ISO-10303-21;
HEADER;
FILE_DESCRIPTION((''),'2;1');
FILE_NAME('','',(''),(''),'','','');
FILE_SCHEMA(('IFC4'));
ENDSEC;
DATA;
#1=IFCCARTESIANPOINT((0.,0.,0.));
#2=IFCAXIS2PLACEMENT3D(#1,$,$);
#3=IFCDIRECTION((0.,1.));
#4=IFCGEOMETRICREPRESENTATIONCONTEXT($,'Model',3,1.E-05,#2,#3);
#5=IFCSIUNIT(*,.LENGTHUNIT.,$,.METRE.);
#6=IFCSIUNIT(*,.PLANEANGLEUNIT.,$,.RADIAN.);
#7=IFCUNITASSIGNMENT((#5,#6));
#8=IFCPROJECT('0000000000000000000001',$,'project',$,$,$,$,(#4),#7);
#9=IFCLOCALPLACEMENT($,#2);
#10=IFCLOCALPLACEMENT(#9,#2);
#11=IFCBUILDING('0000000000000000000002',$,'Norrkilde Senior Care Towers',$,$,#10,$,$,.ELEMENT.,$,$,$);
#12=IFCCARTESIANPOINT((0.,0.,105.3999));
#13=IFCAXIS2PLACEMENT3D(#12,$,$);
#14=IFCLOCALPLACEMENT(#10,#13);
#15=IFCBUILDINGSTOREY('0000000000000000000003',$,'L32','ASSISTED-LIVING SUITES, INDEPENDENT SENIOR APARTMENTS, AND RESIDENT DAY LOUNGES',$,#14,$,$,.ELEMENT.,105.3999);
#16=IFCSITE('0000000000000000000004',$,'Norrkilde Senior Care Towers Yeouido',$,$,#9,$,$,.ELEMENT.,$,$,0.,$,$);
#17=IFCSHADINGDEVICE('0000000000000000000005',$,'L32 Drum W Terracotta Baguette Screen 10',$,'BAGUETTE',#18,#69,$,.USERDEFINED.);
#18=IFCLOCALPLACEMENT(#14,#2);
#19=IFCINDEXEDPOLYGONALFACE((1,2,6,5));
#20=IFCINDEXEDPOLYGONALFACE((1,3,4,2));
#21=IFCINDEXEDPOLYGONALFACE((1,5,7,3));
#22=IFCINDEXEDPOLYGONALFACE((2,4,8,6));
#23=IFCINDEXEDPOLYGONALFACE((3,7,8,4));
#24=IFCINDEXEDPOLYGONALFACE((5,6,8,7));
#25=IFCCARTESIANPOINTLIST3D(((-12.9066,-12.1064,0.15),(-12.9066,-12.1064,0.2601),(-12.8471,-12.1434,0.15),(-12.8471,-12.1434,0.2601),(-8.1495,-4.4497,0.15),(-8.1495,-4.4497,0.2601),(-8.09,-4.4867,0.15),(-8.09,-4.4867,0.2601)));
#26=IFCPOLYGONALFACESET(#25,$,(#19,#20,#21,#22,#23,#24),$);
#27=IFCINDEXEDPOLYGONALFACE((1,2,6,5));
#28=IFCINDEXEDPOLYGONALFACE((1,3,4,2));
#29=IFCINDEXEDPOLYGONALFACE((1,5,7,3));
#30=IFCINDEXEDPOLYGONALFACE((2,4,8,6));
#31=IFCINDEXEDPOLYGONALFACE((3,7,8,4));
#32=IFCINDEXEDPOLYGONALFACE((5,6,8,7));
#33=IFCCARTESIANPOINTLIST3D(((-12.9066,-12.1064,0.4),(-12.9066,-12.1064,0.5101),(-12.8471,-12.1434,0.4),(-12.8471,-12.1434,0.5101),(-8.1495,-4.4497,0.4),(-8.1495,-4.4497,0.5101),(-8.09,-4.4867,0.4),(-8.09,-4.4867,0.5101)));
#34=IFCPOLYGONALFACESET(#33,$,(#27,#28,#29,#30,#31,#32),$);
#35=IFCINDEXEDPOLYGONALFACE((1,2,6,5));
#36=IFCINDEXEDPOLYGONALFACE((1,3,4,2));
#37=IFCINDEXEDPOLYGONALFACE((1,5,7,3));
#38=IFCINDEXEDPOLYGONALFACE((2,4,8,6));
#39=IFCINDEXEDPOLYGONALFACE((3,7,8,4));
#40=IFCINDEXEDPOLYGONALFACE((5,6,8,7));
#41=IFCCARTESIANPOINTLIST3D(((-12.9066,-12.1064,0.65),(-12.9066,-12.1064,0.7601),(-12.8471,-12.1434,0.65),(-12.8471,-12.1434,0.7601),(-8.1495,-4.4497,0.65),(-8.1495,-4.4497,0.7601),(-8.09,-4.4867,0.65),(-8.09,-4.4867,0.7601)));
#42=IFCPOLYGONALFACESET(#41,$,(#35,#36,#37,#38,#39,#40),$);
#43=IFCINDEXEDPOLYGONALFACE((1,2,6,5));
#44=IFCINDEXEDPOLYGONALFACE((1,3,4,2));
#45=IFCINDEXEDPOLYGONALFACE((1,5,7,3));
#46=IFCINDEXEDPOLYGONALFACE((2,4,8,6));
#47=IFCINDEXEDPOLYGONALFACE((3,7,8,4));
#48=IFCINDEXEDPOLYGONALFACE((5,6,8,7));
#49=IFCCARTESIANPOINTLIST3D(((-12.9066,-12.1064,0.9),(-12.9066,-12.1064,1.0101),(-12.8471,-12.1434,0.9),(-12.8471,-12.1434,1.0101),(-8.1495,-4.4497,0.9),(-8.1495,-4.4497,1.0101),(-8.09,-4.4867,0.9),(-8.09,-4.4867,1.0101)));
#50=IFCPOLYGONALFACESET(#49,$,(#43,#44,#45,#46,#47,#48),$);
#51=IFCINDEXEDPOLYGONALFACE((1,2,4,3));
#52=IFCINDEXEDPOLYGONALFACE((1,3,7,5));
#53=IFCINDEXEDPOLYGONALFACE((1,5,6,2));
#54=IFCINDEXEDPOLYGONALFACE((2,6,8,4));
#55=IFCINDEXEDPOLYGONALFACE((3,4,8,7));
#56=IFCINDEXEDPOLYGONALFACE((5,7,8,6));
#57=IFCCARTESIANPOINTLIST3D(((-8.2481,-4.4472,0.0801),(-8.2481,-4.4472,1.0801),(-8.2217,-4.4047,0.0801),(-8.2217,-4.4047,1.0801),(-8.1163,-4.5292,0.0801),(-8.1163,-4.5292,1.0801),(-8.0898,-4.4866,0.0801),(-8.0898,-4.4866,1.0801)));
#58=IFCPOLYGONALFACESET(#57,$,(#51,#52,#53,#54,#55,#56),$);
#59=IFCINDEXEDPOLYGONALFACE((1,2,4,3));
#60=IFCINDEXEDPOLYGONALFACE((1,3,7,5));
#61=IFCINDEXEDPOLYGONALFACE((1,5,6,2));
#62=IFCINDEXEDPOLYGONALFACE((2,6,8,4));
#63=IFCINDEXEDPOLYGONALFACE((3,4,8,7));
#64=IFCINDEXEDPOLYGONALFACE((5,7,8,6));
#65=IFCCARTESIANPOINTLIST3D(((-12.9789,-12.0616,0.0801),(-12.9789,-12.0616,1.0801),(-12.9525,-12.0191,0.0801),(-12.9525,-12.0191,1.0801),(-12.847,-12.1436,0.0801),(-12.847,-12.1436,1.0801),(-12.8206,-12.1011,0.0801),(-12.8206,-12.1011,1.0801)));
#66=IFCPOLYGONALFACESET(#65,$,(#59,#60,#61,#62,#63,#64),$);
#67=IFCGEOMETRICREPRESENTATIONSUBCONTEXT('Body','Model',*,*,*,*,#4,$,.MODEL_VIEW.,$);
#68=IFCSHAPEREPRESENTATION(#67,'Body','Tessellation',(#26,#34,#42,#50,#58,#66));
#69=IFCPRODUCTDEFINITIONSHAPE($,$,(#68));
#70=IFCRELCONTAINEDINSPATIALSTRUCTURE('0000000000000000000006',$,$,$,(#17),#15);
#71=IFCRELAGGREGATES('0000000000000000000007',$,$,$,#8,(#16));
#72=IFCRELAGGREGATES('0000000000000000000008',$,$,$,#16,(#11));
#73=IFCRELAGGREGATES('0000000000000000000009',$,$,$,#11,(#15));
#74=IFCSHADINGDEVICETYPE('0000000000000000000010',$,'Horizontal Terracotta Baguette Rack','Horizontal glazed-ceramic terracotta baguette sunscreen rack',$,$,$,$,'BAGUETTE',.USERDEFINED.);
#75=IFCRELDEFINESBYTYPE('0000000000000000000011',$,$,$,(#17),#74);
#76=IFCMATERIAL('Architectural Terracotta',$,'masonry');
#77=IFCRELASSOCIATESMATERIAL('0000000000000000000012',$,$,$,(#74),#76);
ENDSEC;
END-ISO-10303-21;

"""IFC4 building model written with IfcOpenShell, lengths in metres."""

from ifc_helpers import new_model, si_unit, direction, frame, origin, origin_2d, place, context, subcontext, project, spatial, rectangle, extrude, source, transform, mapped, material, type_object, type_shapes, element, save


model = new_model("IFC4")

# Units and contexts
model_context = context("Model", 3, precision=1e-05, world=origin(), true_north=direction((0.0, 1.0)))
body_context = subcontext(model_context, "Body", "Model", "MODEL_VIEW")
ifc_project = project(units=[si_unit("LENGTHUNIT", "METRE"), si_unit("PLANEANGLEUNIT", "RADIAN")], contexts=[model_context])

# Site, building, storey
site_placement = place(None, origin())
site = spatial("IfcSite", under=ifc_project, at=site_placement, Name="Norrkilde Senior Care Towers Yeouido", CompositionType="ELEMENT", RefElevation=0.0)
building_placement = place(site_placement, origin())
building = spatial("IfcBuilding", under=site, at=building_placement, Name="Norrkilde Senior Care Towers", CompositionType="ELEMENT")
storey_placement = place(building_placement, frame((0.0, 0.0, 105.3999)))
storey = spatial("IfcBuildingStorey", under=building, at=storey_placement, Name="L32", Description="ASSISTED-LIVING SUITES, INDEPENDENT SENIOR APARTMENTS, AND RESIDENT DAY LOUNGES", CompositionType="ELEMENT", Elevation=105.3999)

# Shading device
ifc_material_1 = material(Name="Architectural Terracotta", Category="masonry")
shading_device_type = type_object("IfcShadingDeviceType", Name="Horizontal Terracotta Baguette Rack", Description="Horizontal glazed-ceramic terracotta baguette sunscreen rack", ElementType="BAGUETTE", PredefinedType="USERDEFINED", material=ifc_material_1)
shared_shape_1 = source(origin(), body_context, "Body", "SweptSolid", [
    extrude(rectangle(XDim=0.0701, YDim=0.1101, at=origin_2d()), frame((0.0, 0.0901, 0.125), z_axis=(1.0, 0.0, 0.0), x_axis=(0.0, 1.0, 0.0)), (0.0, 0.0, 1.0), 9.0142),
    extrude(rectangle(XDim=0.0701, YDim=0.1101, at=origin_2d()), frame((0.0, 0.0901, 0.375), z_axis=(1.0, 0.0, 0.0), x_axis=(0.0, 1.0, 0.0)), (0.0, 0.0, 1.0), 9.0142),
    extrude(rectangle(XDim=0.0701, YDim=0.1101, at=origin_2d()), frame((0.0, 0.0901, 0.625), z_axis=(1.0, 0.0, 0.0), x_axis=(0.0, 1.0, 0.0)), (0.0, 0.0, 1.0), 9.0142),
    extrude(rectangle(XDim=0.0701, YDim=0.1101, at=origin_2d()), frame((0.0, 0.0901, 0.875), z_axis=(1.0, 0.0, 0.0), x_axis=(0.0, 1.0, 0.0)), (0.0, 0.0, 1.0), 9.0142),
    extrude(rectangle(XDim=0.05, YDim=0.1553, at=origin_2d()), frame((0.0249, 0.0476, 0.0)), (0.0, 0.0, 1.0), 1.0),
    extrude(rectangle(XDim=0.05, YDim=0.1553, at=origin_2d()), frame((8.9893, 0.0476, 0.0)), (0.0, 0.0, 1.0), 1.0),
])
type_shapes(shading_device_type, [shared_shape_1])
shading_device_placement = place(storey_placement, frame((-8.1963, -4.4207, 0.0801), z_axis=(0.0, 0.0, 1.0), x_axis=(-0.527734, -0.849412, 0.0)))
element("IfcShadingDevice", 1, at=shading_device_placement, inside=storey, type_object=shading_device_type, Name="L32 Drum W Terracotta Baguette Screen 10", ObjectType="BAGUETTE", PredefinedType="USERDEFINED", context=body_context, shape_type="MappedRepresentation", body=[
    mapped(shared_shape_1, transform((0.0, 0.0, 0.0), x_axis=(1.0, 0.0, 0.0), y_axis=(0.0, 1.0, 0.0), z_axis=(0.0, 0.0, 1.0), scale=1.0)),
])

save(model, "model.ifc")
